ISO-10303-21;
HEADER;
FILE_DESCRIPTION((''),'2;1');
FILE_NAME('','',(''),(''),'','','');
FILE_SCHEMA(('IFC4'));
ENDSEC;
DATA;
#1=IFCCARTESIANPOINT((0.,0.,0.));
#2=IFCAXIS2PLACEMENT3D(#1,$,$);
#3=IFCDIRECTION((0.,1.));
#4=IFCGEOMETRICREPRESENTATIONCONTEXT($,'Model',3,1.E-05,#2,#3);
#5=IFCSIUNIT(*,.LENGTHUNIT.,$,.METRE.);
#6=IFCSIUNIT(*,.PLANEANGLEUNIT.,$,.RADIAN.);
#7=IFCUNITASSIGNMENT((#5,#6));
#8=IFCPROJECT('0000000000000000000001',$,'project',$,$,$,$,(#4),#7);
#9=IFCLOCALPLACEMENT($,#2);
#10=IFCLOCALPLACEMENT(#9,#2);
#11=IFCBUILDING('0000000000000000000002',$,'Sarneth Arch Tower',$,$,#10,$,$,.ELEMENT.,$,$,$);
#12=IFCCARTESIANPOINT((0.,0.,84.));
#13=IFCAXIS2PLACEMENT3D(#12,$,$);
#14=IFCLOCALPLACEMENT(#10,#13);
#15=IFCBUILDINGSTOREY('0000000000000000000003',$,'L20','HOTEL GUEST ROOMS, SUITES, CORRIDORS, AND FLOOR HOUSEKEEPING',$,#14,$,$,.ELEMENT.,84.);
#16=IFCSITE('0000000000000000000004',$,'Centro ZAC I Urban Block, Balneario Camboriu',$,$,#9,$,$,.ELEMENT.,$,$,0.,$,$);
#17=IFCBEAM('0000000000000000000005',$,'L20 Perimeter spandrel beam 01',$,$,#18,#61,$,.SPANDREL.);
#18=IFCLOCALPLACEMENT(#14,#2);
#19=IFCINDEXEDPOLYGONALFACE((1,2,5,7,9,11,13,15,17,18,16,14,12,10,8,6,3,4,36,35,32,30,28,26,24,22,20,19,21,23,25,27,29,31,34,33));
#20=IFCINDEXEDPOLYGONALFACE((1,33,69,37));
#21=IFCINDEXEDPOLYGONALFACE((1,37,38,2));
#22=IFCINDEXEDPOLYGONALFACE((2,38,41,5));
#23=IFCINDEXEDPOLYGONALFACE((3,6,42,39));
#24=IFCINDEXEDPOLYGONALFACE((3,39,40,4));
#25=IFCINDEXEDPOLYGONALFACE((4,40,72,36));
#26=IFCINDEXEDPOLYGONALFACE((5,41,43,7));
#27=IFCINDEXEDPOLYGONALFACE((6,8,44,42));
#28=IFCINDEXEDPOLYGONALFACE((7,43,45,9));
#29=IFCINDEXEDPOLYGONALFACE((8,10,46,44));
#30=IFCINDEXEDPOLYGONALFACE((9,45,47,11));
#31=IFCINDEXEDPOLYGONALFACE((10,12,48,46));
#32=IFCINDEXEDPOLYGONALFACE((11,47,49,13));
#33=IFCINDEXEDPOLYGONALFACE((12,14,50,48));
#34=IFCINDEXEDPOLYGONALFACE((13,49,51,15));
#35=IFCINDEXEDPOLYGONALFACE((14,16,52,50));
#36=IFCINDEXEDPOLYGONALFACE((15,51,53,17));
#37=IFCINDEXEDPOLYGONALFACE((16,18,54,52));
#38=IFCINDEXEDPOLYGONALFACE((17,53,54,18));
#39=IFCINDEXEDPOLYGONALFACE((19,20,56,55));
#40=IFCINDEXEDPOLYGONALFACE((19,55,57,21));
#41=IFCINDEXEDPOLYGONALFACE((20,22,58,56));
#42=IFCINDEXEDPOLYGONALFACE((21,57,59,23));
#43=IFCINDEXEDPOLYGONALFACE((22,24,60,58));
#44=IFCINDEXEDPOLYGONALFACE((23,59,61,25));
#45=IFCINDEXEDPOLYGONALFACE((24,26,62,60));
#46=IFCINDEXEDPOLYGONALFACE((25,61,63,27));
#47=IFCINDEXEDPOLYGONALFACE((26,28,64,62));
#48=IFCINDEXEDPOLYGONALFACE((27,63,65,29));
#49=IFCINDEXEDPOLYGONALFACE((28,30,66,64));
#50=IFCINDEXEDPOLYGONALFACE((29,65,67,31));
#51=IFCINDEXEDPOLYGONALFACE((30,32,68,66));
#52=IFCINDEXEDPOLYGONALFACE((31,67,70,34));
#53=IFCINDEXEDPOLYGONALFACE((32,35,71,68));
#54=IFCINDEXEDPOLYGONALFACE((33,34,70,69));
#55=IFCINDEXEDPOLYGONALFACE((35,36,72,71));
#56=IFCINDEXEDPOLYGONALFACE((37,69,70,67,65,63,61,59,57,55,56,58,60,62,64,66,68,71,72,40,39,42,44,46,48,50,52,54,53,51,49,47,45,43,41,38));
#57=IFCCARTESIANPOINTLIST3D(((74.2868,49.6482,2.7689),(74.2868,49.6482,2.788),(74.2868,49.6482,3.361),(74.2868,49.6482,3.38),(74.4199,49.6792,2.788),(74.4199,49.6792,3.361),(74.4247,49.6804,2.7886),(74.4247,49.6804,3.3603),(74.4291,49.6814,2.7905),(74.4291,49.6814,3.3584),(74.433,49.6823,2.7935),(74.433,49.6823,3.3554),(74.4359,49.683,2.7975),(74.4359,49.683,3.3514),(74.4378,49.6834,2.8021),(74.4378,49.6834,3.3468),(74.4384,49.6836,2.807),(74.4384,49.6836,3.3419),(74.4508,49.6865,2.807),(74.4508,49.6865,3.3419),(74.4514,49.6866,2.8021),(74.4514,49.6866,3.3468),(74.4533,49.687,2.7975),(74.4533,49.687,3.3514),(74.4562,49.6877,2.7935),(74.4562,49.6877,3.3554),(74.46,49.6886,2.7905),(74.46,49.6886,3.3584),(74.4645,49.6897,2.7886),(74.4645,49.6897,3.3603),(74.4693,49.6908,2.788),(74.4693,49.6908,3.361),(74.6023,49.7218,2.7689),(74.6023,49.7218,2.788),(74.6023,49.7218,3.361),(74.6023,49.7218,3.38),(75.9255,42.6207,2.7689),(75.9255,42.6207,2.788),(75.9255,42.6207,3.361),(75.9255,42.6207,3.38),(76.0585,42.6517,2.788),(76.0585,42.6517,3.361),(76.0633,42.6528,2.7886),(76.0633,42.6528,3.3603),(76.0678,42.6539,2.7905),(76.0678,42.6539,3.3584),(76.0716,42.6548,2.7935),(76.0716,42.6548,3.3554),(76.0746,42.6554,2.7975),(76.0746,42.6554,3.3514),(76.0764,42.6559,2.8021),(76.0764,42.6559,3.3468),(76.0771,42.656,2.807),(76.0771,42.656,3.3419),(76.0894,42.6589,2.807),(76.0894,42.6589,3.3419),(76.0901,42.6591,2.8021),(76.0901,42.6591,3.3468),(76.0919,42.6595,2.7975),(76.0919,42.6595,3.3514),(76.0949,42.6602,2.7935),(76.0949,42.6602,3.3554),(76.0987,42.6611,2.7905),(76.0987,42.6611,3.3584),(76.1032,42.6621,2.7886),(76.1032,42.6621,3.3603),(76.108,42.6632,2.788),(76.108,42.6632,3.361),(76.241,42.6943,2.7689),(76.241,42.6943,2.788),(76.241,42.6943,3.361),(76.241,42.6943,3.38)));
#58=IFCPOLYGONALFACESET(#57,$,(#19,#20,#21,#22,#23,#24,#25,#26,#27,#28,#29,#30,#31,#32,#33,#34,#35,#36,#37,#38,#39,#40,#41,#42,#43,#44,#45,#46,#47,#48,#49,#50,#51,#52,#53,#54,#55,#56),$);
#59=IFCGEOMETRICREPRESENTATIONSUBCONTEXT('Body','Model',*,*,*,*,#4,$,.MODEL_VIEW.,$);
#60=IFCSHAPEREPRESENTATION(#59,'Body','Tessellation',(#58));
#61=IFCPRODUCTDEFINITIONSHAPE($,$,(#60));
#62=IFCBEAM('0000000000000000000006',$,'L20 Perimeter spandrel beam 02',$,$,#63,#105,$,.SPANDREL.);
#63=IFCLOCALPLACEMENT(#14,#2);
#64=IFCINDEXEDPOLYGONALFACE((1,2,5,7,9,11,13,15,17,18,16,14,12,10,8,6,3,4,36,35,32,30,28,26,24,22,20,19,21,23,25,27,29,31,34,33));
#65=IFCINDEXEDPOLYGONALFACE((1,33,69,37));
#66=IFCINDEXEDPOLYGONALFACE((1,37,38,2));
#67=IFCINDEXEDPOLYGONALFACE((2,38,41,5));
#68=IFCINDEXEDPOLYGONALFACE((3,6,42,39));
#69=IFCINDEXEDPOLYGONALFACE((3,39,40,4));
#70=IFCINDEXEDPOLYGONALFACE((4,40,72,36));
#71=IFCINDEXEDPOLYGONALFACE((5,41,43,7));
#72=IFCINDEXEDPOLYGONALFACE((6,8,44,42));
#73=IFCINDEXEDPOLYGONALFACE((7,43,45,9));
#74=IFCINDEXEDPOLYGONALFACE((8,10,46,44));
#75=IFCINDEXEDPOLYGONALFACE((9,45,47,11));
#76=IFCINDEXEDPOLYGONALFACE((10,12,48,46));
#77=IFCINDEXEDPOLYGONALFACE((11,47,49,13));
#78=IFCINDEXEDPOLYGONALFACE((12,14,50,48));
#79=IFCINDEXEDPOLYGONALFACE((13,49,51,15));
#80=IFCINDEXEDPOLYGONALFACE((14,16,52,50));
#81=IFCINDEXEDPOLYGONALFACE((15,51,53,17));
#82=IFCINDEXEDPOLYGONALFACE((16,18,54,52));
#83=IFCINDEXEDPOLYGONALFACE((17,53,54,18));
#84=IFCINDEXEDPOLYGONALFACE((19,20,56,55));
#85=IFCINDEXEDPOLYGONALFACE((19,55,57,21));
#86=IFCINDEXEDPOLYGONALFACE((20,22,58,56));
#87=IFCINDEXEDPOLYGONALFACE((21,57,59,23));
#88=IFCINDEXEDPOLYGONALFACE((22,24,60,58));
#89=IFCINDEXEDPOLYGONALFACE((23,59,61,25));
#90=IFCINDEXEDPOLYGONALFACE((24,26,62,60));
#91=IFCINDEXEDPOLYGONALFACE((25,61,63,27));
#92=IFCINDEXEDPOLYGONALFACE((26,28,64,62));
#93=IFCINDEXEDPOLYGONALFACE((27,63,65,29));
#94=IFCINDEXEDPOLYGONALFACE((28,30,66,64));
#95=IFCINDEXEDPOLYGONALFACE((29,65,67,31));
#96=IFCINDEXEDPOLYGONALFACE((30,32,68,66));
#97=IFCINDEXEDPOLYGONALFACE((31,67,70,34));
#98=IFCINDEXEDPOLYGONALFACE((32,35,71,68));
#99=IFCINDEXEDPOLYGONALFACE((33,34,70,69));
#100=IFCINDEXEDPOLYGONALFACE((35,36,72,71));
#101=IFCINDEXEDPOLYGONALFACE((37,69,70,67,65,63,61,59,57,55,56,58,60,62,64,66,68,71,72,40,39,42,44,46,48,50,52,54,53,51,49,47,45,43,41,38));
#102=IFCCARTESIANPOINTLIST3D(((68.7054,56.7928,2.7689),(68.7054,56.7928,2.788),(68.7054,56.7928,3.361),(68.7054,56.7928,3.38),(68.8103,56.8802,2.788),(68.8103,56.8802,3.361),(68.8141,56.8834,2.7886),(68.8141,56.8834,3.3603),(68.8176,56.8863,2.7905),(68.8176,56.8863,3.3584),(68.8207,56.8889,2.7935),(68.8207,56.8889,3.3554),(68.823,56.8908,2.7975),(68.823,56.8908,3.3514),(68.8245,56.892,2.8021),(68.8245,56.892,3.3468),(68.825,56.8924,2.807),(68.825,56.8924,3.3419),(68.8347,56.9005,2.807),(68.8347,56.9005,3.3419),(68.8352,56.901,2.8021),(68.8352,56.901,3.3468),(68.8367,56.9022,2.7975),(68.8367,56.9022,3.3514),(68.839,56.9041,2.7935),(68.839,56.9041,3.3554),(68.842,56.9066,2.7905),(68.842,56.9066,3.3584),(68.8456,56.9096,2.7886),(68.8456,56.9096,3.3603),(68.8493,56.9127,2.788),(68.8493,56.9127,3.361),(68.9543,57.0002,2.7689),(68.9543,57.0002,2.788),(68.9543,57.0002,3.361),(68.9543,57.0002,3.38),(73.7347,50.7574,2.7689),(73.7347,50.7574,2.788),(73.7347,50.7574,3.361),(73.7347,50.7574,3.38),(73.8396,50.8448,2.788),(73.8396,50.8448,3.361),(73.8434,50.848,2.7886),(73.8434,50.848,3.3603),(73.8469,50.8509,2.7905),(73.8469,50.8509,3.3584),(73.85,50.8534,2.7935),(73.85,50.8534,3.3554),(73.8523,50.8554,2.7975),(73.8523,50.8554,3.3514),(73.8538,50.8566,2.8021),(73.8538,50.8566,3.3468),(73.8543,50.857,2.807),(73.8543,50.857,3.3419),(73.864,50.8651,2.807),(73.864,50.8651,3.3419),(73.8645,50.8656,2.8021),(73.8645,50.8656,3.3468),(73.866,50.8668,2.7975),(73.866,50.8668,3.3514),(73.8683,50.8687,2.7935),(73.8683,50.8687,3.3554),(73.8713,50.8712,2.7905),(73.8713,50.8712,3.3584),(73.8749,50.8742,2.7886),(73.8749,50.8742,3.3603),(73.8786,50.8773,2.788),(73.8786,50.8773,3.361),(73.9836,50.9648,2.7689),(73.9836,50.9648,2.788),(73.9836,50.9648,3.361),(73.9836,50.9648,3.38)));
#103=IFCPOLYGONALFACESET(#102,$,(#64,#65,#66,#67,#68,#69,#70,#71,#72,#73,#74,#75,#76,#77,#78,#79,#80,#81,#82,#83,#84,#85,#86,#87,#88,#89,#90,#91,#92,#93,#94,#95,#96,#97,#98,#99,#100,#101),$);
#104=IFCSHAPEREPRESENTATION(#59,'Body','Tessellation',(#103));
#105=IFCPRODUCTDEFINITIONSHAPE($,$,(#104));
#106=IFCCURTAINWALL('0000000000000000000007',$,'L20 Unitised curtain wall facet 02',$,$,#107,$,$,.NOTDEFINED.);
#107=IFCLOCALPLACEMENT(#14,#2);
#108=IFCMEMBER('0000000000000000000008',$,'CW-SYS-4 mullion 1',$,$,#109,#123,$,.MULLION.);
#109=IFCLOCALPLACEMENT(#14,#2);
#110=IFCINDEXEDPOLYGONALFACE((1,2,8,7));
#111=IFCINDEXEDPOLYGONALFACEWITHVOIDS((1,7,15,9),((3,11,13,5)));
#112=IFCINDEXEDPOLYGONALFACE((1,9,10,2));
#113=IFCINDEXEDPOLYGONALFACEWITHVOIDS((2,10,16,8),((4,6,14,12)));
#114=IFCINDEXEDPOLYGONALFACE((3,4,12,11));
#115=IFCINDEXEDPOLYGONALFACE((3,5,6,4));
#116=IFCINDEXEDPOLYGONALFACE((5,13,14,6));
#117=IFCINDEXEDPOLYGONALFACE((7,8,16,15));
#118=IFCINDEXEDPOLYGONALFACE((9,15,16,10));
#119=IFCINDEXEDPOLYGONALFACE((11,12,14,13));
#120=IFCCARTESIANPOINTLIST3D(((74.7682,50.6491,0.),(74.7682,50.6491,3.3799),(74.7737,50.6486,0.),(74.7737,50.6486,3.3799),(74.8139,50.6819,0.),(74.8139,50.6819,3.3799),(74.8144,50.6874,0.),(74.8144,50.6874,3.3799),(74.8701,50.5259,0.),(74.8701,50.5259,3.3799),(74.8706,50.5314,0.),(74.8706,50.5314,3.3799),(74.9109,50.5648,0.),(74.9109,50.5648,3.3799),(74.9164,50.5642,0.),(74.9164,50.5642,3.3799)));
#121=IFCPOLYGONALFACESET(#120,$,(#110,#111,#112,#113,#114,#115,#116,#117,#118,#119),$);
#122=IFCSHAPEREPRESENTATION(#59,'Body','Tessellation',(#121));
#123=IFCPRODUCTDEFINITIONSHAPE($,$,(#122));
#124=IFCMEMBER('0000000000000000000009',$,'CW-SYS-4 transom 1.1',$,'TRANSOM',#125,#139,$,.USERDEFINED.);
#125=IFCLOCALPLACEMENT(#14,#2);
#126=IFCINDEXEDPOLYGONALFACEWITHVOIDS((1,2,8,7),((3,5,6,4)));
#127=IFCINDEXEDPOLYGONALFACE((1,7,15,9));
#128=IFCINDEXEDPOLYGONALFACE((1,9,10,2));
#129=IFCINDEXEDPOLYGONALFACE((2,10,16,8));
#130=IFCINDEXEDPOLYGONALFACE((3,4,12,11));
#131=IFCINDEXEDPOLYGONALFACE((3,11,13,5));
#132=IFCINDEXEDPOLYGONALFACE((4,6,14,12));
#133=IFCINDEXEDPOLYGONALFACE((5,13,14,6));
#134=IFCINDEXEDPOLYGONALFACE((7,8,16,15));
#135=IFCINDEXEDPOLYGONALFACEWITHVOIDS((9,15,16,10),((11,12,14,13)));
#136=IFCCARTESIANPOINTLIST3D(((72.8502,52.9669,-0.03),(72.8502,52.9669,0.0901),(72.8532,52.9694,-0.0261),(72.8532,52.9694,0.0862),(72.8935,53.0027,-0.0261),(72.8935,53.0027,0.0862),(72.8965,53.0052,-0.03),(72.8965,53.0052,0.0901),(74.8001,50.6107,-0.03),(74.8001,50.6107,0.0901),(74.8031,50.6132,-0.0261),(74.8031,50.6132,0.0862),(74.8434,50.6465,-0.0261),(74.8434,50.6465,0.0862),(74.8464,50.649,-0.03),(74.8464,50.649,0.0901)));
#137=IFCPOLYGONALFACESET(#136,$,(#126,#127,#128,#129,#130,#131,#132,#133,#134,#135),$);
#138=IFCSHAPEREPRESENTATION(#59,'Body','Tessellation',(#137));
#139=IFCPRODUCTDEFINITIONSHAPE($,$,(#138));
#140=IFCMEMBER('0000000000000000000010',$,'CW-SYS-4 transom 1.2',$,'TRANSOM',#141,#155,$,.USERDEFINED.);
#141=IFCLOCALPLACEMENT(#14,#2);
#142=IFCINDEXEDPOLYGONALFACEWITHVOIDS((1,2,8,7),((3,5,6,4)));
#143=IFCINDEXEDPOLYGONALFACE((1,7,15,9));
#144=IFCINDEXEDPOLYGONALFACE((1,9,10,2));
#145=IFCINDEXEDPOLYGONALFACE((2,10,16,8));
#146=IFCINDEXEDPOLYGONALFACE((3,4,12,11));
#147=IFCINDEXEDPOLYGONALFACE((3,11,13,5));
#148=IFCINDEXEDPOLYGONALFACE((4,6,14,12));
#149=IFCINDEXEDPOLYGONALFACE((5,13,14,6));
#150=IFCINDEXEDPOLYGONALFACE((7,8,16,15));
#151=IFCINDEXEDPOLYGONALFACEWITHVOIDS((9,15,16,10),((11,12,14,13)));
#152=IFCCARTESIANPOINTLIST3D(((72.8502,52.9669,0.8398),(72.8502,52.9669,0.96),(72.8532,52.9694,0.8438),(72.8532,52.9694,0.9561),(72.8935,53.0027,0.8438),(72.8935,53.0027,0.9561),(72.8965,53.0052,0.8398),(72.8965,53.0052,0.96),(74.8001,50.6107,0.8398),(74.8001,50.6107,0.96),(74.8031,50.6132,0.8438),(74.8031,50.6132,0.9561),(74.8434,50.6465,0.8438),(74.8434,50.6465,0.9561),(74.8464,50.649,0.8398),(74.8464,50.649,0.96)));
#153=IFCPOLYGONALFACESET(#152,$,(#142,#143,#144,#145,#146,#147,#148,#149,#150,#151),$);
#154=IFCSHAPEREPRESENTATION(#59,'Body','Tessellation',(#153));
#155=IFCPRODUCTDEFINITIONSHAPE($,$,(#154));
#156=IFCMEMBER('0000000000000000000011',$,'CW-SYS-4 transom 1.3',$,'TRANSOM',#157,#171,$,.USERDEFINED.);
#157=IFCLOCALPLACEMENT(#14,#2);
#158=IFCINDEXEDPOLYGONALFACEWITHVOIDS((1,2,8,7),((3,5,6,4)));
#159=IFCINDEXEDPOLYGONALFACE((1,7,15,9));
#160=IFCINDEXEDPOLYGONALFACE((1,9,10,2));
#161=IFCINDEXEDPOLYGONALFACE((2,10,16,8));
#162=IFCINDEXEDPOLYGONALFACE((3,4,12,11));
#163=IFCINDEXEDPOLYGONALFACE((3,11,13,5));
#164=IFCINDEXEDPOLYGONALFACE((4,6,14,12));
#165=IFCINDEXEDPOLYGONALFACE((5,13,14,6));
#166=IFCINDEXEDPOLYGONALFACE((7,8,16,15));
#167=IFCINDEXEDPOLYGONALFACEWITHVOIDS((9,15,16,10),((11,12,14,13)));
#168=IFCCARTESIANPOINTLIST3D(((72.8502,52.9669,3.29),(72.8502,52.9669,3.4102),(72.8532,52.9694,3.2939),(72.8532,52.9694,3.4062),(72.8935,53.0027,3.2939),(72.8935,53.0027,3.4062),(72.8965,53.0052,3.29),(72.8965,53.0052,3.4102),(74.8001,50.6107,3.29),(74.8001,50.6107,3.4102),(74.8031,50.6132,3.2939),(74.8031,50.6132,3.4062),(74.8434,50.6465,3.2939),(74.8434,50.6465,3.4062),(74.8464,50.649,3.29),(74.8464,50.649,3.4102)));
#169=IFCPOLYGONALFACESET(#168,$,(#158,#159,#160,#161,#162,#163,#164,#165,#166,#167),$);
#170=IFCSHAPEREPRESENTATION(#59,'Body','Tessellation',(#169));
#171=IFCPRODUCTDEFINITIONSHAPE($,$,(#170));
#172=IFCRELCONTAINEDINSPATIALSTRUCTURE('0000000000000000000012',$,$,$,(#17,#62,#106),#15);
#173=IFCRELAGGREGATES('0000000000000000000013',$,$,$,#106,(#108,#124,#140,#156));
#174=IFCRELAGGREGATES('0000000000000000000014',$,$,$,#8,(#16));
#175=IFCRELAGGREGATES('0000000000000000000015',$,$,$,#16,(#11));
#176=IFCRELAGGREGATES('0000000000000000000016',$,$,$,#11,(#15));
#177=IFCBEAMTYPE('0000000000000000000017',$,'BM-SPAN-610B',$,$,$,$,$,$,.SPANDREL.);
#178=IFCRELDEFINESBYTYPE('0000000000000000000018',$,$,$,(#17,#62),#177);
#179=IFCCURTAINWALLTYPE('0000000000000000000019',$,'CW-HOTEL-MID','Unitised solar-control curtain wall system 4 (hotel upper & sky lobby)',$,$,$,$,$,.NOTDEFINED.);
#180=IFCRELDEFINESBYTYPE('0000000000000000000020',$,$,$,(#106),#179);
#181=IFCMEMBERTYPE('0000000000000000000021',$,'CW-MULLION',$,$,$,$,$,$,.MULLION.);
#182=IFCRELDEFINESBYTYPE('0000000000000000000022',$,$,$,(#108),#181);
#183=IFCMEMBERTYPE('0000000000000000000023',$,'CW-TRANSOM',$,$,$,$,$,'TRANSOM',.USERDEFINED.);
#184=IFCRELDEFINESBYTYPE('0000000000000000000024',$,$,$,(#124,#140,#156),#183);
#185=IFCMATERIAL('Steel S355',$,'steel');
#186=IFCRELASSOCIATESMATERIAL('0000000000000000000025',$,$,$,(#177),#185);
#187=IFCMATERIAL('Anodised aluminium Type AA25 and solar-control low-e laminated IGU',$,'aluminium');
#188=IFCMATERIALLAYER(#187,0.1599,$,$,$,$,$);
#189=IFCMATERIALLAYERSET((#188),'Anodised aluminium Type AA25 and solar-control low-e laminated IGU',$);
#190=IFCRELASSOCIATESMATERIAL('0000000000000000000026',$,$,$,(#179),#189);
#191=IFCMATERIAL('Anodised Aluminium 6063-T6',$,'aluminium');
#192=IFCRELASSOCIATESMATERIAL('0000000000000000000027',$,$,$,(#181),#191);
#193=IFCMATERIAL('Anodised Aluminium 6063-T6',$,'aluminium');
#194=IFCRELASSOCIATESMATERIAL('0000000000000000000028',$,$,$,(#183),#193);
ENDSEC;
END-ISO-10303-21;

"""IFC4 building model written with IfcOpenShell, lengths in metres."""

from ifc_helpers import new_model, si_unit, direction, frame, origin, origin_2d, place, context, subcontext, project, spatial, hollow_rectangle, i_section, extrude, material, layer, layer_set, material_profile, profile_set, type_object, element, aggregate, save


model = new_model("IFC4")

# Units and contexts
model_context = context("Model", 3, precision=1e-05, world=origin(), true_north=direction((0.0, 1.0)))
body_context = subcontext(model_context, "Body", "Model", "MODEL_VIEW")
ifc_project = project(units=[si_unit("LENGTHUNIT", "METRE"), si_unit("PLANEANGLEUNIT", "RADIAN")], contexts=[model_context])

# Site, building, storey
site_placement = place(None, origin())
site = spatial("IfcSite", under=ifc_project, at=site_placement, Name="Centro ZAC I Urban Block, Balneario Camboriu", CompositionType="ELEMENT", RefElevation=0.0)
building_placement = place(site_placement, origin())
building = spatial("IfcBuilding", under=site, at=building_placement, Name="Sarneth Arch Tower", CompositionType="ELEMENT")
storey_placement = place(building_placement, frame((0.0, 0.0, 84.0)))
storey = spatial("IfcBuildingStorey", under=building, at=storey_placement, Name="L20", Description="HOTEL GUEST ROOMS, SUITES, CORRIDORS, AND FLOOR HOUSEKEEPING", CompositionType="ELEMENT", Elevation=84.0)

# Beams
ifc_material_1 = material(Name="Steel S355", Category="steel")
ifc_material_profile_1 = material_profile(ifc_material_1, i_section(OverallWidth=0.324, OverallDepth=0.6111, WebThickness=0.0127, FlangeThickness=0.019, FilletRadius=0.019, at=origin_2d()), Name="W610x155")
ifc_profile_set_1 = profile_set([ifc_material_profile_1], Name="Steel S355")
beam_type = type_object("IfcBeamType", Name="BM-SPAN-610B", PredefinedType="SPANDREL", material=ifc_profile_set_1)
beam_1_placement = place(storey_placement, frame((76.0833, 42.6575, 3.0745), z_axis=(-0.227085, 0.973875, 0.0), x_axis=(-0.973875, -0.227085, 0.0)))
element("IfcBeam", 1, at=beam_1_placement, inside=storey, type_object=beam_type, Name="L20 Perimeter spandrel beam 01", PredefinedType="SPANDREL", context=body_context, shape_type="SweptSolid", body=[
    extrude(i_section(OverallWidth=0.324, OverallDepth=0.6111, WebThickness=0.0127, FlangeThickness=0.019, FilletRadius=0.019, at=origin_2d()), origin(), (0.0, 0.0, 1.0), 7.2161),
])
beam_2_placement = place(storey_placement, frame((73.8591, 50.8611, 3.0745), z_axis=(-0.640169, 0.768234, 0.0), x_axis=(-0.768234, -0.640169, 0.0)))
element("IfcBeam", 2, at=beam_2_placement, inside=storey, type_object=beam_type, Name="L20 Perimeter spandrel beam 02", PredefinedType="SPANDREL", context=body_context, shape_type="SweptSolid", body=[
    extrude(i_section(OverallWidth=0.324, OverallDepth=0.6111, WebThickness=0.0127, FlangeThickness=0.019, FilletRadius=0.019, at=origin_2d()), origin(), (0.0, 0.0, 1.0), 7.8562),
])

# Curtain wall, members
ifc_material_2 = material(Name="Anodised aluminium Type AA25 and solar-control low-e laminated IGU", Category="aluminium")
ifc_layer_1 = layer(ifc_material_2, 0.1599)
ifc_layer_set_1 = layer_set([ifc_layer_1], Name="Anodised aluminium Type AA25 and solar-control low-e laminated IGU")
curtain_wall_type = type_object("IfcCurtainWallType", Name="CW-HOTEL-MID", Description="Unitised solar-control curtain wall system 4 (hotel upper & sky lobby)", PredefinedType="NOTDEFINED", material=ifc_layer_set_1)
curtain_wall_placement = place(storey_placement, origin())
curtain_wall = element("IfcCurtainWall", 3, at=curtain_wall_placement, inside=storey, type_object=curtain_wall_type, Name="L20 Unitised curtain wall facet 02", PredefinedType="NOTDEFINED")
ifc_material_3 = material(Name="Anodised Aluminium 6063-T6", Category="aluminium")
ifc_material_profile_2 = material_profile(ifc_material_3, hollow_rectangle(XDim=0.0601, YDim=0.1599, WallThickness=0.0039, at=origin_2d()), Name="AL-MULL-160x60x4")
ifc_profile_set_2 = profile_set([ifc_material_profile_2], Name="Anodised Aluminium 6063-T6")
member_type_1 = type_object("IfcMemberType", Name="CW-MULLION", PredefinedType="MULLION", material=ifc_profile_set_2)
member_1_placement = place(storey_placement, frame((74.8423, 50.6067, 0.0), z_axis=(0.0, 0.0, 1.0), x_axis=(-0.770438, -0.637515, 0.0)))
member_1 = element("IfcMember", 4, at=member_1_placement, type_object=member_type_1, Name="CW-SYS-4 mullion 1", PredefinedType="MULLION", context=body_context, shape_type="SweptSolid", body=[
    extrude(hollow_rectangle(XDim=0.0601, YDim=0.1599, WallThickness=0.0039, at=origin_2d()), origin(), (0.0, 0.0, 1.0), 3.3799),
])
ifc_material_4 = material(Name="Anodised Aluminium 6063-T6", Category="aluminium")
ifc_material_profile_3 = material_profile(ifc_material_4, hollow_rectangle(XDim=0.0601, YDim=0.1201, WallThickness=0.0039, at=origin_2d()), Name="AL-TRAN-120x60x4")
ifc_profile_set_3 = profile_set([ifc_material_profile_3], Name="Anodised Aluminium 6063-T6")
member_type_2 = type_object("IfcMemberType", Name="CW-TRANSOM", ElementType="TRANSOM", PredefinedType="USERDEFINED", material=ifc_profile_set_3)
member_2_placement = place(storey_placement, frame((74.8232, 50.6299, 0.03), z_axis=(-0.637566, 0.770396, 0.0), x_axis=(-0.770396, -0.637566, 0.0)))
member_2 = element("IfcMember", 5, at=member_2_placement, type_object=member_type_2, Name="CW-SYS-4 transom 1.1", ObjectType="TRANSOM", PredefinedType="USERDEFINED", context=body_context, shape_type="SweptSolid", body=[
    extrude(hollow_rectangle(XDim=0.0601, YDim=0.1201, WallThickness=0.0039, at=origin_2d()), origin(), (0.0, 0.0, 1.0), 3.0583),
])
member_3_placement = place(storey_placement, frame((74.8232, 50.6299, 0.8999), z_axis=(-0.637566, 0.770396, 0.0), x_axis=(-0.770396, -0.637566, 0.0)))
member_3 = element("IfcMember", 6, at=member_3_placement, type_object=member_type_2, Name="CW-SYS-4 transom 1.2", ObjectType="TRANSOM", PredefinedType="USERDEFINED", context=body_context, shape_type="SweptSolid", body=[
    extrude(hollow_rectangle(XDim=0.0601, YDim=0.1201, WallThickness=0.0039, at=origin_2d()), origin(), (0.0, 0.0, 1.0), 3.0583),
])
member_4_placement = place(storey_placement, frame((74.8232, 50.6299, 3.3501), z_axis=(-0.637566, 0.770396, 0.0), x_axis=(-0.770396, -0.637566, 0.0)))
member_4 = element("IfcMember", 7, at=member_4_placement, type_object=member_type_2, Name="CW-SYS-4 transom 1.3", ObjectType="TRANSOM", PredefinedType="USERDEFINED", context=body_context, shape_type="SweptSolid", body=[
    extrude(hollow_rectangle(XDim=0.0601, YDim=0.1201, WallThickness=0.0039, at=origin_2d()), origin(), (0.0, 0.0, 1.0), 3.0583),
])

aggregate(curtain_wall, [member_1, member_2, member_3, member_4])

save(model, "model.ifc")
